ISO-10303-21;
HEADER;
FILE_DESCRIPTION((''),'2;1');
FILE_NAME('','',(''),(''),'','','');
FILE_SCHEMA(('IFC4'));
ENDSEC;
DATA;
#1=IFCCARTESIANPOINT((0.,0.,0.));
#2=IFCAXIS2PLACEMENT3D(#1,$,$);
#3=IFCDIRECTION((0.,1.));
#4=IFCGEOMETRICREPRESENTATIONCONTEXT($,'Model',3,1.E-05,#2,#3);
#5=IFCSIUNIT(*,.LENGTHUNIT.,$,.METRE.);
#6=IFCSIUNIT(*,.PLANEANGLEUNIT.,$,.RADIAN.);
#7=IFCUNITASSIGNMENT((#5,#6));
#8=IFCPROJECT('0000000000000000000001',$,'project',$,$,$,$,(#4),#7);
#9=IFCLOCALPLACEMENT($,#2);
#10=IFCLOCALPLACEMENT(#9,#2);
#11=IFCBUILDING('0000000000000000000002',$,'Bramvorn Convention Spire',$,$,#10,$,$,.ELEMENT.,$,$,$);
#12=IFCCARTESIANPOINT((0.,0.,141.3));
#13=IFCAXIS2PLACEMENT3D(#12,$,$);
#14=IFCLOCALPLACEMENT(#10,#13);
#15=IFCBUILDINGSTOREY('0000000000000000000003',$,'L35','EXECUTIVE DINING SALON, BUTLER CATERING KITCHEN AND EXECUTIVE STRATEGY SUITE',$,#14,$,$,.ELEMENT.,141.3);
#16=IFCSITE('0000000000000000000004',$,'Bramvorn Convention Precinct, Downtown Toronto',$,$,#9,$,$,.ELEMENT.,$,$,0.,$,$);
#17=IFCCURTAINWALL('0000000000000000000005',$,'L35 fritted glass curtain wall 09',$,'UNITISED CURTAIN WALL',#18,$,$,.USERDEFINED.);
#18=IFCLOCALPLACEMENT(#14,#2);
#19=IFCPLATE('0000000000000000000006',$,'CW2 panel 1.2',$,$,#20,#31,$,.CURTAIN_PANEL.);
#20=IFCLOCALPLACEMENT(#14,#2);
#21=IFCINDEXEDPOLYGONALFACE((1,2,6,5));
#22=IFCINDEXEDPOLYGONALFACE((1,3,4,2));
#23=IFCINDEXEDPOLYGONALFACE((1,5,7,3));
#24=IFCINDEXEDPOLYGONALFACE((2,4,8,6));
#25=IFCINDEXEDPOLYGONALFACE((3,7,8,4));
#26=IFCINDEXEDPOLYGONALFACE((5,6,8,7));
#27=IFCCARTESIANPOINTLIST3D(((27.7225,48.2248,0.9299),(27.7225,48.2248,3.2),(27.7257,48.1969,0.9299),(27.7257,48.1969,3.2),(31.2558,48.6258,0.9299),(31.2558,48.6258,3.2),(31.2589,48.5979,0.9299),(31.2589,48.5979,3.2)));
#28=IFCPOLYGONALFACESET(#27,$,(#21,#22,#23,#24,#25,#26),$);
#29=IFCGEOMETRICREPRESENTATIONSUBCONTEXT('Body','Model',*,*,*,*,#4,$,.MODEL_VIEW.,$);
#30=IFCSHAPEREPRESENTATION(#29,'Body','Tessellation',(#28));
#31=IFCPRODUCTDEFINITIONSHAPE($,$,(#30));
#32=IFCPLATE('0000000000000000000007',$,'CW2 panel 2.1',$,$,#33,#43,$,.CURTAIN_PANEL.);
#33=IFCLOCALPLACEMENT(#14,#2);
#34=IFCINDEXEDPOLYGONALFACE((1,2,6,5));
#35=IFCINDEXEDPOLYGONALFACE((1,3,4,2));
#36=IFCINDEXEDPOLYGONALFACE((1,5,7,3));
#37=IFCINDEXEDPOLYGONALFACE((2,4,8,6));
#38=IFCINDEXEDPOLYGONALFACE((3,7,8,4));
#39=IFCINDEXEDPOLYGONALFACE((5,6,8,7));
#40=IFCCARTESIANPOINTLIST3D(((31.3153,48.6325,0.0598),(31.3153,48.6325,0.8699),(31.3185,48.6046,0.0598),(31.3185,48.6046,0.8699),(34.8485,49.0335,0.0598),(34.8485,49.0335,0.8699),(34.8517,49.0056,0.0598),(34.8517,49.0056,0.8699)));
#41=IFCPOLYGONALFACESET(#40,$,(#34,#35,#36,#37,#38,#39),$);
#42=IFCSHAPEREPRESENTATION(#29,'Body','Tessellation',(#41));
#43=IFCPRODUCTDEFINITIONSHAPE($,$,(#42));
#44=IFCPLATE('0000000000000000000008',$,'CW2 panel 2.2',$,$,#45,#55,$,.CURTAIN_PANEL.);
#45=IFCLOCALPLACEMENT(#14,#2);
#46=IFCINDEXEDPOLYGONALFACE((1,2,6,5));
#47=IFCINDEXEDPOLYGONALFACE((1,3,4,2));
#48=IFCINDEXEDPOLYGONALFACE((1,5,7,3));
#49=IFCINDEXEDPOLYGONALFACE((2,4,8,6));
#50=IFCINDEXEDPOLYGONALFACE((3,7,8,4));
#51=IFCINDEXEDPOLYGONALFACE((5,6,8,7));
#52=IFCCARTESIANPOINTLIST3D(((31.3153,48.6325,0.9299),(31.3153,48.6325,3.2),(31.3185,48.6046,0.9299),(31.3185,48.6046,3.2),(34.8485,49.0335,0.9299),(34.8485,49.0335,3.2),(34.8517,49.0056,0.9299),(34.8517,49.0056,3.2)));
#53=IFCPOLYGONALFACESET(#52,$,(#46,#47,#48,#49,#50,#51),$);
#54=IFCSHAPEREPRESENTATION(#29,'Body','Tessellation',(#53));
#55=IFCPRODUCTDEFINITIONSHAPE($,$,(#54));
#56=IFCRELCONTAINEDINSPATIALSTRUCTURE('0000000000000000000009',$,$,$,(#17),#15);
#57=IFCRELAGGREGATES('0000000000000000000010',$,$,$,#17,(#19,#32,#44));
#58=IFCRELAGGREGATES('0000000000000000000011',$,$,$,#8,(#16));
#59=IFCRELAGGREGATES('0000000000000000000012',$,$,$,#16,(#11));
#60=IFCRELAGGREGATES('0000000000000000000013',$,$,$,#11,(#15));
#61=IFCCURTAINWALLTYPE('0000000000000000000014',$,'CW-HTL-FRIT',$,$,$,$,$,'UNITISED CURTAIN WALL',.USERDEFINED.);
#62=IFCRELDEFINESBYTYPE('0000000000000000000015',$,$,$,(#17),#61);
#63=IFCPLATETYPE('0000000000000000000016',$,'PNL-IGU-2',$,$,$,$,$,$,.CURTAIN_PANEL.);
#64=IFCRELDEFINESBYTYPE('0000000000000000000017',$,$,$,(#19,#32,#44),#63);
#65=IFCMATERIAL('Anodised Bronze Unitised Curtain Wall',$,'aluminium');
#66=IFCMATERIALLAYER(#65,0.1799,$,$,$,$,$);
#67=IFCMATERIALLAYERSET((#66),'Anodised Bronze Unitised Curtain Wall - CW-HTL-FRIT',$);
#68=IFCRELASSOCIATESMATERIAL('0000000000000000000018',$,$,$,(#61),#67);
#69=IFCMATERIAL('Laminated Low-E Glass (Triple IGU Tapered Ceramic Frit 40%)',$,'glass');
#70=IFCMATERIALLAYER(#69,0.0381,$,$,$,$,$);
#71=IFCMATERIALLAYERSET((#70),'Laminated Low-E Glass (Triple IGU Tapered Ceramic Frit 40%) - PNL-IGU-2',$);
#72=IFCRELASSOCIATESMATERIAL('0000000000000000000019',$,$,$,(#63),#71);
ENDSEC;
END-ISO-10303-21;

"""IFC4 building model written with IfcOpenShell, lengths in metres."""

from ifc_helpers import new_model, si_unit, direction, frame, origin, origin_2d, place, context, subcontext, project, spatial, rectangle, extrude, material, layer, layer_set, type_object, element, aggregate, save


model = new_model("IFC4")

# Units and contexts
model_context = context("Model", 3, precision=1e-05, world=origin(), true_north=direction((0.0, 1.0)))
body_context = subcontext(model_context, "Body", "Model", "MODEL_VIEW")
ifc_project = project(units=[si_unit("LENGTHUNIT", "METRE"), si_unit("PLANEANGLEUNIT", "RADIAN")], contexts=[model_context])

# Site, building, storey
site_placement = place(None, origin())
site = spatial("IfcSite", under=ifc_project, at=site_placement, Name="Bramvorn Convention Precinct, Downtown Toronto", CompositionType="ELEMENT", RefElevation=0.0)
building_placement = place(site_placement, origin())
building = spatial("IfcBuilding", under=site, at=building_placement, Name="Bramvorn Convention Spire", CompositionType="ELEMENT")
storey_placement = place(building_placement, frame((0.0, 0.0, 141.3)))
storey = spatial("IfcBuildingStorey", under=building, at=storey_placement, Name="L35", Description="EXECUTIVE DINING SALON, BUTLER CATERING KITCHEN AND EXECUTIVE STRATEGY SUITE", CompositionType="ELEMENT", Elevation=141.3)

# Curtain wall, plates
ifc_material_1 = material(Name="Anodised Bronze Unitised Curtain Wall", Category="aluminium")
ifc_layer_1 = layer(ifc_material_1, 0.1799)
ifc_layer_set_1 = layer_set([ifc_layer_1], Name="Anodised Bronze Unitised Curtain Wall - CW-HTL-FRIT")
curtain_wall_type = type_object("IfcCurtainWallType", Name="CW-HTL-FRIT", ElementType="UNITISED CURTAIN WALL", PredefinedType="USERDEFINED", material=ifc_layer_set_1)
curtain_wall_placement = place(storey_placement, origin())
curtain_wall = element("IfcCurtainWall", 1, at=curtain_wall_placement, inside=storey, type_object=curtain_wall_type, Name="L35 fritted glass curtain wall 09", ObjectType="UNITISED CURTAIN WALL", PredefinedType="USERDEFINED")
ifc_material_2 = material(Name="Laminated Low-E Glass (Triple IGU Tapered Ceramic Frit 40%)", Category="glass")
ifc_layer_2 = layer(ifc_material_2, 0.0381)
ifc_layer_set_2 = layer_set([ifc_layer_2], Name="Laminated Low-E Glass (Triple IGU Tapered Ceramic Frit 40%) - PNL-IGU-2")
plate_type = type_object("IfcPlateType", Name="PNL-IGU-2", PredefinedType="CURTAIN_PANEL", material=ifc_layer_set_2)
plate_1_placement = place(storey_placement, frame((29.4907, 48.4114, 0.9299), z_axis=(0.0, 0.0, 1.0), x_axis=(0.993621, 0.11277, 0.0)))
plate_1 = element("IfcPlate", 2, at=plate_1_placement, type_object=plate_type, Name="CW2 panel 1.2", PredefinedType="CURTAIN_PANEL", context=body_context, shape_type="SweptSolid", body=[
    extrude(rectangle(XDim=3.5559, YDim=0.0281, at=origin_2d()), origin(), (0.0, 0.0, 1.0), 2.27),
])
plate_2_placement = place(storey_placement, frame((33.0835, 48.8191, 0.0598), z_axis=(0.0, 0.0, 1.0), x_axis=(0.993621, 0.11277, 0.0)))
plate_2 = element("IfcPlate", 3, at=plate_2_placement, type_object=plate_type, Name="CW2 panel 2.1", PredefinedType="CURTAIN_PANEL", context=body_context, shape_type="SweptSolid", body=[
    extrude(rectangle(XDim=3.5559, YDim=0.0281, at=origin_2d()), origin(), (0.0, 0.0, 1.0), 0.8101),
])
plate_3_placement = place(storey_placement, frame((33.0835, 48.8191, 0.9299), z_axis=(0.0, 0.0, 1.0), x_axis=(0.993621, 0.11277, 0.0)))
plate_3 = element("IfcPlate", 4, at=plate_3_placement, type_object=plate_type, Name="CW2 panel 2.2", PredefinedType="CURTAIN_PANEL", context=body_context, shape_type="SweptSolid", body=[
    extrude(rectangle(XDim=3.5559, YDim=0.0281, at=origin_2d()), origin(), (0.0, 0.0, 1.0), 2.27),
])
aggregate(curtain_wall, [plate_1, plate_2, plate_3])

save(model, "model.ifc")
